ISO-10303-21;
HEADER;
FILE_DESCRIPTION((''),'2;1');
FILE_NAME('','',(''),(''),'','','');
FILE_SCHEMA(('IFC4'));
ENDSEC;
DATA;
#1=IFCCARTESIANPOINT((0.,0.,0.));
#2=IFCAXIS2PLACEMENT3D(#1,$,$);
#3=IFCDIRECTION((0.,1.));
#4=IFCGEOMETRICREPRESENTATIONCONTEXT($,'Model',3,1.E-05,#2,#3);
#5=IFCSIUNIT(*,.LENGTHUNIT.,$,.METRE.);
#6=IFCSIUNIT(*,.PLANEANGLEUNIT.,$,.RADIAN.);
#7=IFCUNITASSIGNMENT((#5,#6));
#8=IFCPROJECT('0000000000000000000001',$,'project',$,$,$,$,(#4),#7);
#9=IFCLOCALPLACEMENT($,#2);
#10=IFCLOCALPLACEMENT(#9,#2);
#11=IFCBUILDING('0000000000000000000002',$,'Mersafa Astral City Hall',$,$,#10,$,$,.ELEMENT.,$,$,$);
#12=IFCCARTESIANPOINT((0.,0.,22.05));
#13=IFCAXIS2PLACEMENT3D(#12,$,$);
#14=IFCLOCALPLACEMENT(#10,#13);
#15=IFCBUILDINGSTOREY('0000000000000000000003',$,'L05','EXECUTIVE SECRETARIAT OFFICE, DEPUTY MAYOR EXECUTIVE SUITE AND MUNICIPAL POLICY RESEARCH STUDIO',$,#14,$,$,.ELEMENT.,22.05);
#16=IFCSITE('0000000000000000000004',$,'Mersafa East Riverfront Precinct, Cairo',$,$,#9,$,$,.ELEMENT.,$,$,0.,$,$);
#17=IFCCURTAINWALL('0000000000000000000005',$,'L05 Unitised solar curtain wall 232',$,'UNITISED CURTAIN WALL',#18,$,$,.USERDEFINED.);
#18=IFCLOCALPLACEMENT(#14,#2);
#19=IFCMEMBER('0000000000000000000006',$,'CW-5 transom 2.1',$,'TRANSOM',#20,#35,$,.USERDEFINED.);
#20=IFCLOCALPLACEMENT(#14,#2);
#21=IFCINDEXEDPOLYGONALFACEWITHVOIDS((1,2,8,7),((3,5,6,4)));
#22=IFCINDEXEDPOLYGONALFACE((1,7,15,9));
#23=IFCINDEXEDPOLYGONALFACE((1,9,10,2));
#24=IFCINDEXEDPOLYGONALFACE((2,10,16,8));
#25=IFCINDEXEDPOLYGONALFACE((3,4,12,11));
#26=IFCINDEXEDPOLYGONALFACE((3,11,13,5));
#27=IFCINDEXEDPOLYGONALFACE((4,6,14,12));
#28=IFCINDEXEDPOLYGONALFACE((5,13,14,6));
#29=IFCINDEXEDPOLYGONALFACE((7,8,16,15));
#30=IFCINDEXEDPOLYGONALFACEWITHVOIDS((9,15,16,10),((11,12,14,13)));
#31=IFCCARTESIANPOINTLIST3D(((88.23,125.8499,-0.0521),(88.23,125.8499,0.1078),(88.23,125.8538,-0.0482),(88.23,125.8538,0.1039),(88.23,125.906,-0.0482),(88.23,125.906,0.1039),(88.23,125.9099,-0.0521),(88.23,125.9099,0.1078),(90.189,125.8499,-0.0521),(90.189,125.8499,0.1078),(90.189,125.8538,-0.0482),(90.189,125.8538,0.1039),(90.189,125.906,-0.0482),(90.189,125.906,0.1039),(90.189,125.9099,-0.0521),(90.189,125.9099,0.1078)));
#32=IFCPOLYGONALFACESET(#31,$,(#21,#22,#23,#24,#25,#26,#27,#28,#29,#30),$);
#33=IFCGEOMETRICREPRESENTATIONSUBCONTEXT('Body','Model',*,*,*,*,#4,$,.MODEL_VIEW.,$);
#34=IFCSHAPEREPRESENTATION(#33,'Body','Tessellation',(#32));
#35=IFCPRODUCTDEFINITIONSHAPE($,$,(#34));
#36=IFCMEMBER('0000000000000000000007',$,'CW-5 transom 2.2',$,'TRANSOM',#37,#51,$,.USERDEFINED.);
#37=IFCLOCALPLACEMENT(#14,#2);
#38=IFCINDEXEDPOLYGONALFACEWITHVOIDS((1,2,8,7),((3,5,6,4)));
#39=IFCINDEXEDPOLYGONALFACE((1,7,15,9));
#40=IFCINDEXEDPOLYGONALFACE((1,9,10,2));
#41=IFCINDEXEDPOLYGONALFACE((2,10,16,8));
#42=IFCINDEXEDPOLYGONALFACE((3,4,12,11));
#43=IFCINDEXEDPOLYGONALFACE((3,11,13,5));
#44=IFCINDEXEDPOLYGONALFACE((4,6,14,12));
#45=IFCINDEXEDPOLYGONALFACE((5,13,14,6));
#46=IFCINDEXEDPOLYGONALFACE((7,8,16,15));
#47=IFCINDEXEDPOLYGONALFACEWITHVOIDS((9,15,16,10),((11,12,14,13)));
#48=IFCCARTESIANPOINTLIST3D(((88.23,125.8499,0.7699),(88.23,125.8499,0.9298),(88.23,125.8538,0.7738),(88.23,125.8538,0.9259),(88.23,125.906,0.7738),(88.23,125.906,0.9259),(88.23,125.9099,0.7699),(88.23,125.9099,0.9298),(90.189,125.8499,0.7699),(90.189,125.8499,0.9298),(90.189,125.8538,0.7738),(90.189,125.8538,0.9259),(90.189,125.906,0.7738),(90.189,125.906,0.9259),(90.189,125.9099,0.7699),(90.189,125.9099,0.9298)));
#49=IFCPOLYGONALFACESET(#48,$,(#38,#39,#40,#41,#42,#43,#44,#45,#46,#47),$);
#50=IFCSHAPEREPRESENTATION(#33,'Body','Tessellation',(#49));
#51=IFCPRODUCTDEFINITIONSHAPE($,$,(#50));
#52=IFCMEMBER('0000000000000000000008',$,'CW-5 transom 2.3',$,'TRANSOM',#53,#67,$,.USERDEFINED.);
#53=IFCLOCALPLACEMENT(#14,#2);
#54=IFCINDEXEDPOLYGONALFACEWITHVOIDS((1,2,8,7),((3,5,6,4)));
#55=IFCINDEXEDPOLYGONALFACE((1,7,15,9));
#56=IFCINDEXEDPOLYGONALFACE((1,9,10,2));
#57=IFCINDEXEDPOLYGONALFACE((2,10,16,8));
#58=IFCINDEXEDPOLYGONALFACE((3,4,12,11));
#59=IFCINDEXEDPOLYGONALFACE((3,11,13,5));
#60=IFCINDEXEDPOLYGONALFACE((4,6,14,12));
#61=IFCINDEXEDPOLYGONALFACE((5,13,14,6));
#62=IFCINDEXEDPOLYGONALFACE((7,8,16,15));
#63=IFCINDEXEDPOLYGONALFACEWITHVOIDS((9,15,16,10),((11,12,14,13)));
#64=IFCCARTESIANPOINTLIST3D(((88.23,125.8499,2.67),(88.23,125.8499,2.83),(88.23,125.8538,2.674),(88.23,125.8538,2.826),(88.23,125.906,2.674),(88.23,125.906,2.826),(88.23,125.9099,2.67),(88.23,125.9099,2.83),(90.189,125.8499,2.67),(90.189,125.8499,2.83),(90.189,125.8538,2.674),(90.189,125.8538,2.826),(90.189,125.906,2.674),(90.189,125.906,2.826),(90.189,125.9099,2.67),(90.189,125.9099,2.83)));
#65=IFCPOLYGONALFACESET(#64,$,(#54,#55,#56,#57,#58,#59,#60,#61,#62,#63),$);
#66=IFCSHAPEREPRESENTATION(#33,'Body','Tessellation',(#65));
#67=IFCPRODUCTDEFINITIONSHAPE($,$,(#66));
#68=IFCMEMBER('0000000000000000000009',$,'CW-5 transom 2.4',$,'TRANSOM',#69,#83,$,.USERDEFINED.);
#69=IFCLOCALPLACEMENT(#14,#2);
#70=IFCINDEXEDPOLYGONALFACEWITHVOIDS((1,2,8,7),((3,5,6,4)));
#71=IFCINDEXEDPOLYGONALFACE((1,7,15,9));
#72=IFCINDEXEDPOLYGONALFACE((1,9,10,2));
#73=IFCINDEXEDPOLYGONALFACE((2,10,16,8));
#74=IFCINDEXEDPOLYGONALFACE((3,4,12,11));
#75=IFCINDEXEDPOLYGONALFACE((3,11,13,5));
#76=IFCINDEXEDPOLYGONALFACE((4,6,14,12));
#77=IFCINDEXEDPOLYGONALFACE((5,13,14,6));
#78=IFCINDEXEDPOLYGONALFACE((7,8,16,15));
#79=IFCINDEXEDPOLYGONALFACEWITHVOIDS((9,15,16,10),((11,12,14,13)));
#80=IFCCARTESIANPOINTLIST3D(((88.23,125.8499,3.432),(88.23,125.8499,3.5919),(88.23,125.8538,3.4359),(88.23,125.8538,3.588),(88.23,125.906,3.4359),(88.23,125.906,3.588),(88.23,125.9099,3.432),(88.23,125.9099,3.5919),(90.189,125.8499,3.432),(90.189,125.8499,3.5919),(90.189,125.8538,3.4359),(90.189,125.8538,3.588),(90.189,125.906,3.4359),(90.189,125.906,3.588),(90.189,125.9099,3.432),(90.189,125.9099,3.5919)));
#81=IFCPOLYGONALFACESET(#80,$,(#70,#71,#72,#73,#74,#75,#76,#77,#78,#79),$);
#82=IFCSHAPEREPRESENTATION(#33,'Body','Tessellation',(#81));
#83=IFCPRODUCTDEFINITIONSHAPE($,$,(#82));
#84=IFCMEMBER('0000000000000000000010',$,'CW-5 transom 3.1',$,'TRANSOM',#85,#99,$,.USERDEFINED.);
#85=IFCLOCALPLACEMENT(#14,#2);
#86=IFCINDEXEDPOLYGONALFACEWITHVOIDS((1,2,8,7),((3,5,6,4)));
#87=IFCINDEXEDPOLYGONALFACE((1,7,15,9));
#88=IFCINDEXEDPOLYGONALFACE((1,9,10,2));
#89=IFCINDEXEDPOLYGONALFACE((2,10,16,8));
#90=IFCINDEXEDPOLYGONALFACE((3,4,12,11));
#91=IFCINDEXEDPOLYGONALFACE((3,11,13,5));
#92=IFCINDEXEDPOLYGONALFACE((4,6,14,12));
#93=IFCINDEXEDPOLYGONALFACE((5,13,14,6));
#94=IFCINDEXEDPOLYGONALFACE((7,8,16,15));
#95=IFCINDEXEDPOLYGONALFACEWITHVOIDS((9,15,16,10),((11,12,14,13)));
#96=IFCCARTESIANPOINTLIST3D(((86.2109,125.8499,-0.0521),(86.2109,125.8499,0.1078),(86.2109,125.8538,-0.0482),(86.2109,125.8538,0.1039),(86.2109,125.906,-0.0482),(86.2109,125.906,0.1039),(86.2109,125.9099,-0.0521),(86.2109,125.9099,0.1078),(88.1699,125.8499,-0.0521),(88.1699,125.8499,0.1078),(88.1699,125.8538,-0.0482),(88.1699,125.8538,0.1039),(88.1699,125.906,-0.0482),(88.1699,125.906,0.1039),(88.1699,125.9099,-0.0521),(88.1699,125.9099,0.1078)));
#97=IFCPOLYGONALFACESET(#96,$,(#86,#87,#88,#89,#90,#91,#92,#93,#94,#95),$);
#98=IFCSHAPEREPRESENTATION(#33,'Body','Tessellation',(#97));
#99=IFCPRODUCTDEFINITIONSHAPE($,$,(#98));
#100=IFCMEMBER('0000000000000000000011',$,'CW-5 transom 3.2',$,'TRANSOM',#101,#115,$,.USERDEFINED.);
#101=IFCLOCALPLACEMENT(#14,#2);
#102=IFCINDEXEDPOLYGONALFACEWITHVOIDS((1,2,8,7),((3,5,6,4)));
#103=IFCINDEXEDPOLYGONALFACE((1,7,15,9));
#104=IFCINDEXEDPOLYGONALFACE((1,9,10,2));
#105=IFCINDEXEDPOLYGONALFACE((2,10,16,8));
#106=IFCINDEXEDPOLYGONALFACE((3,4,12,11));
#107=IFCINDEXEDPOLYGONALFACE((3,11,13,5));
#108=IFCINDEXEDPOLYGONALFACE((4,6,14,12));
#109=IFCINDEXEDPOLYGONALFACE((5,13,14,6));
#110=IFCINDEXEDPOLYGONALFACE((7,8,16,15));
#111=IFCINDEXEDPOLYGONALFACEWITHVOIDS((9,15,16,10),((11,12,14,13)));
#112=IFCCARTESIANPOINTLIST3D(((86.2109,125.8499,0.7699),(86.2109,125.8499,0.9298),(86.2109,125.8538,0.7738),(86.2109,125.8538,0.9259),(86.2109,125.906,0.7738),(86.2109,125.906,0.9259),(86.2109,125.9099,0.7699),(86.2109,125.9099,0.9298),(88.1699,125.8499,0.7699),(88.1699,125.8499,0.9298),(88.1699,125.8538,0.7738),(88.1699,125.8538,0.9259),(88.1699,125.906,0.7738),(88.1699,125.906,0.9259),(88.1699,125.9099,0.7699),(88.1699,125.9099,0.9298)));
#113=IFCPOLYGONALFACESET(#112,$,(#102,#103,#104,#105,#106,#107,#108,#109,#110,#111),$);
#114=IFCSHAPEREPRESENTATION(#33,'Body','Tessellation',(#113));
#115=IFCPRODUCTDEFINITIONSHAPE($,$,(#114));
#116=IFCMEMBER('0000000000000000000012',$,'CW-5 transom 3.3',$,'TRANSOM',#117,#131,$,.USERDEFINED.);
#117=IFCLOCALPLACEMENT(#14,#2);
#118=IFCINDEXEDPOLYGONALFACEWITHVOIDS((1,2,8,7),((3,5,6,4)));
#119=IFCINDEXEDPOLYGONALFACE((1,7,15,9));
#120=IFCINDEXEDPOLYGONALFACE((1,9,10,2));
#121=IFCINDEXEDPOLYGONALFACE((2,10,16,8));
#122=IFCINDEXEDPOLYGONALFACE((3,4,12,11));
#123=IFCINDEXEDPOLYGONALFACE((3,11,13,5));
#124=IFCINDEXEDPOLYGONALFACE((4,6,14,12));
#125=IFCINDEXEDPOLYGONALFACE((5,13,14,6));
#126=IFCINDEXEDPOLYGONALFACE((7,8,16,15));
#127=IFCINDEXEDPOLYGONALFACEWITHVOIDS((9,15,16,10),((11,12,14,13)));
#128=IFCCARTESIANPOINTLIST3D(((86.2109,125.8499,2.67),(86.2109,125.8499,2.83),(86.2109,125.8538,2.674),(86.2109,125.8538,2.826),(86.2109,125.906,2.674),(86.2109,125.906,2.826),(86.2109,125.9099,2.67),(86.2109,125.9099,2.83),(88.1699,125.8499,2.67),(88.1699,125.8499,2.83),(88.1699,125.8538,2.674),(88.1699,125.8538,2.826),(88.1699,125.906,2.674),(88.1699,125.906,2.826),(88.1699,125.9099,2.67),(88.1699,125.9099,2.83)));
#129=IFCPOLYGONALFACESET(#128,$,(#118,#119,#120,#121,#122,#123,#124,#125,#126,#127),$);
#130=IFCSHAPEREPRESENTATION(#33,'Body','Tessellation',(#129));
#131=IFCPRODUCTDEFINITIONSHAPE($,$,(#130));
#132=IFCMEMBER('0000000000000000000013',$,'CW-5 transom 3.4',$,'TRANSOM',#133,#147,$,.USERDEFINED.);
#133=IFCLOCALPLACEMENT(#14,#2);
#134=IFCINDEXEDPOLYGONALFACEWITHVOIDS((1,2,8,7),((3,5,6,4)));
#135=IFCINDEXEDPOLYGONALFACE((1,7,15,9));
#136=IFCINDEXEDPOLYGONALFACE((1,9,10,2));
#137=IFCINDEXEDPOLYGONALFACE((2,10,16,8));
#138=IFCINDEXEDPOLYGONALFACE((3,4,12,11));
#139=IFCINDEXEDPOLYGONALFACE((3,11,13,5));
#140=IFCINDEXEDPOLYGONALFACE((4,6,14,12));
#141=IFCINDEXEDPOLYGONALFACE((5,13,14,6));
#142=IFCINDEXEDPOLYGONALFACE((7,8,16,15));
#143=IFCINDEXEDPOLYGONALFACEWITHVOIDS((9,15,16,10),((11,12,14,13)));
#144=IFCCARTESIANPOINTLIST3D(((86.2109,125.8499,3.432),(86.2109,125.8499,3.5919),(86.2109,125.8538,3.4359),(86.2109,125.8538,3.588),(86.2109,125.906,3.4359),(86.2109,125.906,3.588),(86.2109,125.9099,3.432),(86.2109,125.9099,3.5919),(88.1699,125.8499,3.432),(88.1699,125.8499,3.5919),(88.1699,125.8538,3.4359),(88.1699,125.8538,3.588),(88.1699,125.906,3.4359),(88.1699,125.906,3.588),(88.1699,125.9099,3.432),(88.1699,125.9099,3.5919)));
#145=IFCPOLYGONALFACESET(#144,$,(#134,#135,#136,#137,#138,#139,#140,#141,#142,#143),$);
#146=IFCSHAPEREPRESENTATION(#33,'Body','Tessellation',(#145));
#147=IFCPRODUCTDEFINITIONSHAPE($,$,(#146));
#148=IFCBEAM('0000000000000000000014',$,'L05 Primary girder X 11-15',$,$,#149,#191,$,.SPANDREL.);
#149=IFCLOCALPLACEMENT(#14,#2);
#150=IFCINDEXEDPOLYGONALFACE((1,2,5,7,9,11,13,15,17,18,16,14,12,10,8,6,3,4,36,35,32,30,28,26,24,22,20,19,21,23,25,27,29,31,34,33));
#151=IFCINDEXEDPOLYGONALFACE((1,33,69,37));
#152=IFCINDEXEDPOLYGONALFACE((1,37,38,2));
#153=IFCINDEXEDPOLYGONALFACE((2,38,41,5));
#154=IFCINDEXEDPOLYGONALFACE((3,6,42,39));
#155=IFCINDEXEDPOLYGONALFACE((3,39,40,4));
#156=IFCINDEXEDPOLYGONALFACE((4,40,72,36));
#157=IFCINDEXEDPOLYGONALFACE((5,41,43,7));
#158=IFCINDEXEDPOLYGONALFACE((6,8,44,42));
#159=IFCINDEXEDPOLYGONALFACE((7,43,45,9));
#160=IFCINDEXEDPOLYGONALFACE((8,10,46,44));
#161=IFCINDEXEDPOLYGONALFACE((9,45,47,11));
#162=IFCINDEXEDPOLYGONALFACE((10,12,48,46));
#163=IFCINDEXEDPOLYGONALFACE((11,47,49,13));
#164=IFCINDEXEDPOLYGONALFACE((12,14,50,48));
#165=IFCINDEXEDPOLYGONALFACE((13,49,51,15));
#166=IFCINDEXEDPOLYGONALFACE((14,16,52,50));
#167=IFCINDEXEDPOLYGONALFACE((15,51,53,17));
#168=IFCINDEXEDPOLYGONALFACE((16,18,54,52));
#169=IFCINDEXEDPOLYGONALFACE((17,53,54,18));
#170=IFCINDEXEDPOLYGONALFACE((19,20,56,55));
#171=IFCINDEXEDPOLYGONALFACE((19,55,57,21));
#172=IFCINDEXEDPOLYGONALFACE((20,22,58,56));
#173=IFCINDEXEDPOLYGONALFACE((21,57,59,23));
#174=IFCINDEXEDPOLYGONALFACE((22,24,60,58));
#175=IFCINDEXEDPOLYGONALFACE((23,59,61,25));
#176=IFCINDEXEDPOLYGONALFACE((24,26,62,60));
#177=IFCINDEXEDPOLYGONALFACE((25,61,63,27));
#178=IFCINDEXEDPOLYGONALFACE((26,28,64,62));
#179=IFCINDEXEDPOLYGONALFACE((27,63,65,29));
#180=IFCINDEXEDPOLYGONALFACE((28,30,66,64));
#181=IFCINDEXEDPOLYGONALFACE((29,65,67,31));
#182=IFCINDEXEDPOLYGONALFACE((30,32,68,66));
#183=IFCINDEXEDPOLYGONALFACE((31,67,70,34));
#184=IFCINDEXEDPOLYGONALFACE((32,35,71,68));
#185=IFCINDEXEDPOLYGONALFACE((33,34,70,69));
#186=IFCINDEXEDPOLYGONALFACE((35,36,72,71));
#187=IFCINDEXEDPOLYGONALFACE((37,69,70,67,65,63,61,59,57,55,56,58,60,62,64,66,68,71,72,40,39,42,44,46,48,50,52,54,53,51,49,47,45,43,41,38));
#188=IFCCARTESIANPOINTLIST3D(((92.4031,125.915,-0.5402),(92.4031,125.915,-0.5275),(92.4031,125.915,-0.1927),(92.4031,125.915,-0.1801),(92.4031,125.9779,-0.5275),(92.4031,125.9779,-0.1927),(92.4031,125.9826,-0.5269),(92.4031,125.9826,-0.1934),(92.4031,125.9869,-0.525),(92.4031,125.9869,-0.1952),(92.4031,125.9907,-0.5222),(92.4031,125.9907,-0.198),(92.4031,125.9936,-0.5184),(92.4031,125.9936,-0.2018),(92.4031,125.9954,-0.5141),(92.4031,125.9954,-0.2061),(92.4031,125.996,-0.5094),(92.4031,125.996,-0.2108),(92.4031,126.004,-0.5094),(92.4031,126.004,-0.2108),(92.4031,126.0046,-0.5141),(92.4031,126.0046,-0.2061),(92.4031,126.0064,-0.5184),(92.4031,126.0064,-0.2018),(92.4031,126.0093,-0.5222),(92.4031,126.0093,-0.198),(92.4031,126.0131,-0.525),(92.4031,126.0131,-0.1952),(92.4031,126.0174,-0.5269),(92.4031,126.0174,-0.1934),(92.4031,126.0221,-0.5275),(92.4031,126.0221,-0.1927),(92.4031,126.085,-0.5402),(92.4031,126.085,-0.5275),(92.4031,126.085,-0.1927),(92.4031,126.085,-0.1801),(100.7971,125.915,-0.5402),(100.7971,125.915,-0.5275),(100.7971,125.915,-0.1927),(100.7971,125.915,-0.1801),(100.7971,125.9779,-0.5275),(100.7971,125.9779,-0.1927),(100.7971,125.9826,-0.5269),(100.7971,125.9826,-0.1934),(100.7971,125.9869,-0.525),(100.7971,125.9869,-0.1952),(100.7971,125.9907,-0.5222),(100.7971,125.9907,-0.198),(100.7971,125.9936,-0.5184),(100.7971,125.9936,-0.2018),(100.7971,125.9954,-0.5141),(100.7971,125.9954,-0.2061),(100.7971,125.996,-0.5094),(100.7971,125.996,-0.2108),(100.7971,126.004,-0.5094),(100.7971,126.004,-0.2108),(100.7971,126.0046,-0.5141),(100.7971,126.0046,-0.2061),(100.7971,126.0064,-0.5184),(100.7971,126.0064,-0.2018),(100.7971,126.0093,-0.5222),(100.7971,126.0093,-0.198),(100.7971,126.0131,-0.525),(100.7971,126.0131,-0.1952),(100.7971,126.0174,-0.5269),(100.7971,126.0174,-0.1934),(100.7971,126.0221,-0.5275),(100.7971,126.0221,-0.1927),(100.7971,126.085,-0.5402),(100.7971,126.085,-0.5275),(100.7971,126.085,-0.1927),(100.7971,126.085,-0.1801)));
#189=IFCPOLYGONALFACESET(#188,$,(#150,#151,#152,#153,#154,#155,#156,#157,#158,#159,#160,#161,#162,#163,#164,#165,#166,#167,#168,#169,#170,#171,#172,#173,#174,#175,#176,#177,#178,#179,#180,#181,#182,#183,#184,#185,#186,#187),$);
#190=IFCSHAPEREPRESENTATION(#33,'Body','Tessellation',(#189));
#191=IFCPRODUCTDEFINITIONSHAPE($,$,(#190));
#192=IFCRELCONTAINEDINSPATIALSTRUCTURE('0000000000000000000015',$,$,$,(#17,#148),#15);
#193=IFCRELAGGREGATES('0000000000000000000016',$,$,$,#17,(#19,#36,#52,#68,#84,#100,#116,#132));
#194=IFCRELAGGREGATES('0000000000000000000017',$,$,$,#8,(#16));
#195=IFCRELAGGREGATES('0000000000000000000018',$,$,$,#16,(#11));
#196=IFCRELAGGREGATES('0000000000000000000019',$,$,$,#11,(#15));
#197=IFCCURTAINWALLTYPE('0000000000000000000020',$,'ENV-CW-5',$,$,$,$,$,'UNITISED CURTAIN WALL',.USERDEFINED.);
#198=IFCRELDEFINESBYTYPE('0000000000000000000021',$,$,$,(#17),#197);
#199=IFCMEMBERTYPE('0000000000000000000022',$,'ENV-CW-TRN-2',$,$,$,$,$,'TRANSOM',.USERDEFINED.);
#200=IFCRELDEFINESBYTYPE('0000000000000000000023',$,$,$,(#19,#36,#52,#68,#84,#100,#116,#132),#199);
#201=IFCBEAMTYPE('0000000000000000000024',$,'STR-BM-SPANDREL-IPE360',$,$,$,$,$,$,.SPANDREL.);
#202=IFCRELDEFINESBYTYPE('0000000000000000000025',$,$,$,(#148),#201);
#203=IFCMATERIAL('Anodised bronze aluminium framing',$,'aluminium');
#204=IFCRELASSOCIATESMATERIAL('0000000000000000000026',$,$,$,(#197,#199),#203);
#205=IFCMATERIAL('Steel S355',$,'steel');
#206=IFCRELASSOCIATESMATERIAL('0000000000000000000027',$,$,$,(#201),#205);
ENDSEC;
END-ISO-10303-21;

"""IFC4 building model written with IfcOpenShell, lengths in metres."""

from ifc_helpers import new_model, si_unit, direction, frame, origin, origin_2d, place, context, subcontext, project, spatial, hollow_rectangle, i_section, extrude, material, material_profile, profile_set, type_object, element, aggregate, save


model = new_model("IFC4")

# Units and contexts
model_context = context("Model", 3, precision=1e-05, world=origin(), true_north=direction((0.0, 1.0)))
body_context = subcontext(model_context, "Body", "Model", "MODEL_VIEW")
ifc_project = project(units=[si_unit("LENGTHUNIT", "METRE"), si_unit("PLANEANGLEUNIT", "RADIAN")], contexts=[model_context])

# Site, building, storey
site_placement = place(None, origin())
site = spatial("IfcSite", under=ifc_project, at=site_placement, Name="Mersafa East Riverfront Precinct, Cairo", CompositionType="ELEMENT", RefElevation=0.0)
building_placement = place(site_placement, origin())
building = spatial("IfcBuilding", under=site, at=building_placement, Name="Mersafa Astral City Hall", CompositionType="ELEMENT")
storey_placement = place(building_placement, frame((0.0, 0.0, 22.05)))
storey = spatial("IfcBuildingStorey", under=building, at=storey_placement, Name="L05", Description="EXECUTIVE SECRETARIAT OFFICE, DEPUTY MAYOR EXECUTIVE SUITE AND MUNICIPAL POLICY RESEARCH STUDIO", CompositionType="ELEMENT", Elevation=22.05)

# Shared definitions
ifc_material_1 = material(Name="Steel S355", Category="steel")

# Shared definitions
ifc_material_2 = material(Name="Anodised bronze aluminium framing", Category="aluminium")

# Curtain wall, members
curtain_wall_type_1 = type_object("IfcCurtainWallType", Name="ENV-CW-5", ElementType="UNITISED CURTAIN WALL", PredefinedType="USERDEFINED", material=ifc_material_2)
curtain_wall_1_placement = place(storey_placement, origin())
curtain_wall_1 = element("IfcCurtainWall", 1, at=curtain_wall_1_placement, inside=storey, type_object=curtain_wall_type_1, Name="L05 Unitised solar curtain wall 232", ObjectType="UNITISED CURTAIN WALL", PredefinedType="USERDEFINED")
ifc_material_profile_1 = material_profile(ifc_material_2, hollow_rectangle(XDim=0.0601, YDim=0.1599, WallThickness=0.0039, at=origin_2d()), Name="RHS 60x160x4")
ifc_profile_set_1 = profile_set([ifc_material_profile_1], Name="Anodised bronze aluminium framing")
member_type_1 = type_object("IfcMemberType", Name="ENV-CW-TRN-2", ElementType="TRANSOM", PredefinedType="USERDEFINED", material=ifc_profile_set_1)
member_1_placement = place(storey_placement, frame((90.189, 125.8799, 0.0278), z_axis=(-1.0, 0.0, 0.0), x_axis=(0.0, -1.0, 0.0)))
member_1 = element("IfcMember", 2, at=member_1_placement, type_object=member_type_1, Name="CW-5 transom 2.1", ObjectType="TRANSOM", PredefinedType="USERDEFINED", context=body_context, shape_type="SweptSolid", body=[
    extrude(hollow_rectangle(XDim=0.0601, YDim=0.1599, WallThickness=0.0039, at=origin_2d()), origin(), (0.0, 0.0, 1.0), 1.959),
])
member_2_placement = place(storey_placement, frame((90.189, 125.8799, 0.8499), z_axis=(-1.0, 0.0, 0.0), x_axis=(0.0, -1.0, 0.0)))
member_2 = element("IfcMember", 3, at=member_2_placement, type_object=member_type_1, Name="CW-5 transom 2.2", ObjectType="TRANSOM", PredefinedType="USERDEFINED", context=body_context, shape_type="SweptSolid", body=[
    extrude(hollow_rectangle(XDim=0.0601, YDim=0.1599, WallThickness=0.0039, at=origin_2d()), origin(), (0.0, 0.0, 1.0), 1.959),
])
member_3_placement = place(storey_placement, frame((90.189, 125.8799, 2.75), z_axis=(-1.0, 0.0, 0.0), x_axis=(0.0, -1.0, 0.0)))
member_3 = element("IfcMember", 4, at=member_3_placement, type_object=member_type_1, Name="CW-5 transom 2.3", ObjectType="TRANSOM", PredefinedType="USERDEFINED", context=body_context, shape_type="SweptSolid", body=[
    extrude(hollow_rectangle(XDim=0.0601, YDim=0.1599, WallThickness=0.0039, at=origin_2d()), origin(), (0.0, 0.0, 1.0), 1.959),
])
member_4_placement = place(storey_placement, frame((90.189, 125.8799, 3.512), z_axis=(-1.0, 0.0, 0.0), x_axis=(0.0, -1.0, 0.0)))
member_4 = element("IfcMember", 5, at=member_4_placement, type_object=member_type_1, Name="CW-5 transom 2.4", ObjectType="TRANSOM", PredefinedType="USERDEFINED", context=body_context, shape_type="SweptSolid", body=[
    extrude(hollow_rectangle(XDim=0.0601, YDim=0.1599, WallThickness=0.0039, at=origin_2d()), origin(), (0.0, 0.0, 1.0), 1.959),
])
member_5_placement = place(storey_placement, frame((88.1699, 125.8799, 0.0278), z_axis=(-1.0, 0.0, 0.0), x_axis=(0.0, -1.0, 0.0)))
member_5 = element("IfcMember", 6, at=member_5_placement, type_object=member_type_1, Name="CW-5 transom 3.1", ObjectType="TRANSOM", PredefinedType="USERDEFINED", context=body_context, shape_type="SweptSolid", body=[
    extrude(hollow_rectangle(XDim=0.0601, YDim=0.1599, WallThickness=0.0039, at=origin_2d()), origin(), (0.0, 0.0, 1.0), 1.959),
])
member_6_placement = place(storey_placement, frame((88.1699, 125.8799, 0.8499), z_axis=(-1.0, 0.0, 0.0), x_axis=(0.0, -1.0, 0.0)))
member_6 = element("IfcMember", 7, at=member_6_placement, type_object=member_type_1, Name="CW-5 transom 3.2", ObjectType="TRANSOM", PredefinedType="USERDEFINED", context=body_context, shape_type="SweptSolid", body=[
    extrude(hollow_rectangle(XDim=0.0601, YDim=0.1599, WallThickness=0.0039, at=origin_2d()), origin(), (0.0, 0.0, 1.0), 1.959),
])
member_7_placement = place(storey_placement, frame((88.1699, 125.8799, 2.75), z_axis=(-1.0, 0.0, 0.0), x_axis=(0.0, -1.0, 0.0)))
member_7 = element("IfcMember", 8, at=member_7_placement, type_object=member_type_1, Name="CW-5 transom 3.3", ObjectType="TRANSOM", PredefinedType="USERDEFINED", context=body_context, shape_type="SweptSolid", body=[
    extrude(hollow_rectangle(XDim=0.0601, YDim=0.1599, WallThickness=0.0039, at=origin_2d()), origin(), (0.0, 0.0, 1.0), 1.959),
])
member_8_placement = place(storey_placement, frame((88.1699, 125.8799, 3.512), z_axis=(-1.0, 0.0, 0.0), x_axis=(0.0, -1.0, 0.0)))
member_8 = element("IfcMember", 9, at=member_8_placement, type_object=member_type_1, Name="CW-5 transom 3.4", ObjectType="TRANSOM", PredefinedType="USERDEFINED", context=body_context, shape_type="SweptSolid", body=[
    extrude(hollow_rectangle(XDim=0.0601, YDim=0.1599, WallThickness=0.0039, at=origin_2d()), origin(), (0.0, 0.0, 1.0), 1.959),
])

# Beam
ifc_material_profile_2 = material_profile(ifc_material_1, i_section(OverallWidth=0.1699, OverallDepth=0.3601, WebThickness=0.0081, FlangeThickness=0.0127, FilletRadius=0.0181, at=origin_2d()), Name="IPE 360")
ifc_profile_set_2 = profile_set([ifc_material_profile_2], Name="Steel S355")
beam_type = type_object("IfcBeamType", Name="STR-BM-SPANDREL-IPE360", PredefinedType="SPANDREL", material=ifc_profile_set_2)
beam_placement = place(storey_placement, frame((92.4031, 126.0, -0.3601), z_axis=(1.0, 0.0, 0.0), x_axis=(0.0, 1.0, 0.0)))
element("IfcBeam", 10, at=beam_placement, inside=storey, type_object=beam_type, Name="L05 Primary girder X 11-15", PredefinedType="SPANDREL", context=body_context, shape_type="SweptSolid", body=[
    extrude(i_section(OverallWidth=0.1699, OverallDepth=0.3601, WebThickness=0.0081, FlangeThickness=0.0127, FilletRadius=0.0181, at=origin_2d()), origin(), (0.0, 0.0, 1.0), 8.394),
])

aggregate(curtain_wall_1, [member_1, member_2, member_3, member_4, member_5, member_6, member_7, member_8])

save(model, "model.ifc")
